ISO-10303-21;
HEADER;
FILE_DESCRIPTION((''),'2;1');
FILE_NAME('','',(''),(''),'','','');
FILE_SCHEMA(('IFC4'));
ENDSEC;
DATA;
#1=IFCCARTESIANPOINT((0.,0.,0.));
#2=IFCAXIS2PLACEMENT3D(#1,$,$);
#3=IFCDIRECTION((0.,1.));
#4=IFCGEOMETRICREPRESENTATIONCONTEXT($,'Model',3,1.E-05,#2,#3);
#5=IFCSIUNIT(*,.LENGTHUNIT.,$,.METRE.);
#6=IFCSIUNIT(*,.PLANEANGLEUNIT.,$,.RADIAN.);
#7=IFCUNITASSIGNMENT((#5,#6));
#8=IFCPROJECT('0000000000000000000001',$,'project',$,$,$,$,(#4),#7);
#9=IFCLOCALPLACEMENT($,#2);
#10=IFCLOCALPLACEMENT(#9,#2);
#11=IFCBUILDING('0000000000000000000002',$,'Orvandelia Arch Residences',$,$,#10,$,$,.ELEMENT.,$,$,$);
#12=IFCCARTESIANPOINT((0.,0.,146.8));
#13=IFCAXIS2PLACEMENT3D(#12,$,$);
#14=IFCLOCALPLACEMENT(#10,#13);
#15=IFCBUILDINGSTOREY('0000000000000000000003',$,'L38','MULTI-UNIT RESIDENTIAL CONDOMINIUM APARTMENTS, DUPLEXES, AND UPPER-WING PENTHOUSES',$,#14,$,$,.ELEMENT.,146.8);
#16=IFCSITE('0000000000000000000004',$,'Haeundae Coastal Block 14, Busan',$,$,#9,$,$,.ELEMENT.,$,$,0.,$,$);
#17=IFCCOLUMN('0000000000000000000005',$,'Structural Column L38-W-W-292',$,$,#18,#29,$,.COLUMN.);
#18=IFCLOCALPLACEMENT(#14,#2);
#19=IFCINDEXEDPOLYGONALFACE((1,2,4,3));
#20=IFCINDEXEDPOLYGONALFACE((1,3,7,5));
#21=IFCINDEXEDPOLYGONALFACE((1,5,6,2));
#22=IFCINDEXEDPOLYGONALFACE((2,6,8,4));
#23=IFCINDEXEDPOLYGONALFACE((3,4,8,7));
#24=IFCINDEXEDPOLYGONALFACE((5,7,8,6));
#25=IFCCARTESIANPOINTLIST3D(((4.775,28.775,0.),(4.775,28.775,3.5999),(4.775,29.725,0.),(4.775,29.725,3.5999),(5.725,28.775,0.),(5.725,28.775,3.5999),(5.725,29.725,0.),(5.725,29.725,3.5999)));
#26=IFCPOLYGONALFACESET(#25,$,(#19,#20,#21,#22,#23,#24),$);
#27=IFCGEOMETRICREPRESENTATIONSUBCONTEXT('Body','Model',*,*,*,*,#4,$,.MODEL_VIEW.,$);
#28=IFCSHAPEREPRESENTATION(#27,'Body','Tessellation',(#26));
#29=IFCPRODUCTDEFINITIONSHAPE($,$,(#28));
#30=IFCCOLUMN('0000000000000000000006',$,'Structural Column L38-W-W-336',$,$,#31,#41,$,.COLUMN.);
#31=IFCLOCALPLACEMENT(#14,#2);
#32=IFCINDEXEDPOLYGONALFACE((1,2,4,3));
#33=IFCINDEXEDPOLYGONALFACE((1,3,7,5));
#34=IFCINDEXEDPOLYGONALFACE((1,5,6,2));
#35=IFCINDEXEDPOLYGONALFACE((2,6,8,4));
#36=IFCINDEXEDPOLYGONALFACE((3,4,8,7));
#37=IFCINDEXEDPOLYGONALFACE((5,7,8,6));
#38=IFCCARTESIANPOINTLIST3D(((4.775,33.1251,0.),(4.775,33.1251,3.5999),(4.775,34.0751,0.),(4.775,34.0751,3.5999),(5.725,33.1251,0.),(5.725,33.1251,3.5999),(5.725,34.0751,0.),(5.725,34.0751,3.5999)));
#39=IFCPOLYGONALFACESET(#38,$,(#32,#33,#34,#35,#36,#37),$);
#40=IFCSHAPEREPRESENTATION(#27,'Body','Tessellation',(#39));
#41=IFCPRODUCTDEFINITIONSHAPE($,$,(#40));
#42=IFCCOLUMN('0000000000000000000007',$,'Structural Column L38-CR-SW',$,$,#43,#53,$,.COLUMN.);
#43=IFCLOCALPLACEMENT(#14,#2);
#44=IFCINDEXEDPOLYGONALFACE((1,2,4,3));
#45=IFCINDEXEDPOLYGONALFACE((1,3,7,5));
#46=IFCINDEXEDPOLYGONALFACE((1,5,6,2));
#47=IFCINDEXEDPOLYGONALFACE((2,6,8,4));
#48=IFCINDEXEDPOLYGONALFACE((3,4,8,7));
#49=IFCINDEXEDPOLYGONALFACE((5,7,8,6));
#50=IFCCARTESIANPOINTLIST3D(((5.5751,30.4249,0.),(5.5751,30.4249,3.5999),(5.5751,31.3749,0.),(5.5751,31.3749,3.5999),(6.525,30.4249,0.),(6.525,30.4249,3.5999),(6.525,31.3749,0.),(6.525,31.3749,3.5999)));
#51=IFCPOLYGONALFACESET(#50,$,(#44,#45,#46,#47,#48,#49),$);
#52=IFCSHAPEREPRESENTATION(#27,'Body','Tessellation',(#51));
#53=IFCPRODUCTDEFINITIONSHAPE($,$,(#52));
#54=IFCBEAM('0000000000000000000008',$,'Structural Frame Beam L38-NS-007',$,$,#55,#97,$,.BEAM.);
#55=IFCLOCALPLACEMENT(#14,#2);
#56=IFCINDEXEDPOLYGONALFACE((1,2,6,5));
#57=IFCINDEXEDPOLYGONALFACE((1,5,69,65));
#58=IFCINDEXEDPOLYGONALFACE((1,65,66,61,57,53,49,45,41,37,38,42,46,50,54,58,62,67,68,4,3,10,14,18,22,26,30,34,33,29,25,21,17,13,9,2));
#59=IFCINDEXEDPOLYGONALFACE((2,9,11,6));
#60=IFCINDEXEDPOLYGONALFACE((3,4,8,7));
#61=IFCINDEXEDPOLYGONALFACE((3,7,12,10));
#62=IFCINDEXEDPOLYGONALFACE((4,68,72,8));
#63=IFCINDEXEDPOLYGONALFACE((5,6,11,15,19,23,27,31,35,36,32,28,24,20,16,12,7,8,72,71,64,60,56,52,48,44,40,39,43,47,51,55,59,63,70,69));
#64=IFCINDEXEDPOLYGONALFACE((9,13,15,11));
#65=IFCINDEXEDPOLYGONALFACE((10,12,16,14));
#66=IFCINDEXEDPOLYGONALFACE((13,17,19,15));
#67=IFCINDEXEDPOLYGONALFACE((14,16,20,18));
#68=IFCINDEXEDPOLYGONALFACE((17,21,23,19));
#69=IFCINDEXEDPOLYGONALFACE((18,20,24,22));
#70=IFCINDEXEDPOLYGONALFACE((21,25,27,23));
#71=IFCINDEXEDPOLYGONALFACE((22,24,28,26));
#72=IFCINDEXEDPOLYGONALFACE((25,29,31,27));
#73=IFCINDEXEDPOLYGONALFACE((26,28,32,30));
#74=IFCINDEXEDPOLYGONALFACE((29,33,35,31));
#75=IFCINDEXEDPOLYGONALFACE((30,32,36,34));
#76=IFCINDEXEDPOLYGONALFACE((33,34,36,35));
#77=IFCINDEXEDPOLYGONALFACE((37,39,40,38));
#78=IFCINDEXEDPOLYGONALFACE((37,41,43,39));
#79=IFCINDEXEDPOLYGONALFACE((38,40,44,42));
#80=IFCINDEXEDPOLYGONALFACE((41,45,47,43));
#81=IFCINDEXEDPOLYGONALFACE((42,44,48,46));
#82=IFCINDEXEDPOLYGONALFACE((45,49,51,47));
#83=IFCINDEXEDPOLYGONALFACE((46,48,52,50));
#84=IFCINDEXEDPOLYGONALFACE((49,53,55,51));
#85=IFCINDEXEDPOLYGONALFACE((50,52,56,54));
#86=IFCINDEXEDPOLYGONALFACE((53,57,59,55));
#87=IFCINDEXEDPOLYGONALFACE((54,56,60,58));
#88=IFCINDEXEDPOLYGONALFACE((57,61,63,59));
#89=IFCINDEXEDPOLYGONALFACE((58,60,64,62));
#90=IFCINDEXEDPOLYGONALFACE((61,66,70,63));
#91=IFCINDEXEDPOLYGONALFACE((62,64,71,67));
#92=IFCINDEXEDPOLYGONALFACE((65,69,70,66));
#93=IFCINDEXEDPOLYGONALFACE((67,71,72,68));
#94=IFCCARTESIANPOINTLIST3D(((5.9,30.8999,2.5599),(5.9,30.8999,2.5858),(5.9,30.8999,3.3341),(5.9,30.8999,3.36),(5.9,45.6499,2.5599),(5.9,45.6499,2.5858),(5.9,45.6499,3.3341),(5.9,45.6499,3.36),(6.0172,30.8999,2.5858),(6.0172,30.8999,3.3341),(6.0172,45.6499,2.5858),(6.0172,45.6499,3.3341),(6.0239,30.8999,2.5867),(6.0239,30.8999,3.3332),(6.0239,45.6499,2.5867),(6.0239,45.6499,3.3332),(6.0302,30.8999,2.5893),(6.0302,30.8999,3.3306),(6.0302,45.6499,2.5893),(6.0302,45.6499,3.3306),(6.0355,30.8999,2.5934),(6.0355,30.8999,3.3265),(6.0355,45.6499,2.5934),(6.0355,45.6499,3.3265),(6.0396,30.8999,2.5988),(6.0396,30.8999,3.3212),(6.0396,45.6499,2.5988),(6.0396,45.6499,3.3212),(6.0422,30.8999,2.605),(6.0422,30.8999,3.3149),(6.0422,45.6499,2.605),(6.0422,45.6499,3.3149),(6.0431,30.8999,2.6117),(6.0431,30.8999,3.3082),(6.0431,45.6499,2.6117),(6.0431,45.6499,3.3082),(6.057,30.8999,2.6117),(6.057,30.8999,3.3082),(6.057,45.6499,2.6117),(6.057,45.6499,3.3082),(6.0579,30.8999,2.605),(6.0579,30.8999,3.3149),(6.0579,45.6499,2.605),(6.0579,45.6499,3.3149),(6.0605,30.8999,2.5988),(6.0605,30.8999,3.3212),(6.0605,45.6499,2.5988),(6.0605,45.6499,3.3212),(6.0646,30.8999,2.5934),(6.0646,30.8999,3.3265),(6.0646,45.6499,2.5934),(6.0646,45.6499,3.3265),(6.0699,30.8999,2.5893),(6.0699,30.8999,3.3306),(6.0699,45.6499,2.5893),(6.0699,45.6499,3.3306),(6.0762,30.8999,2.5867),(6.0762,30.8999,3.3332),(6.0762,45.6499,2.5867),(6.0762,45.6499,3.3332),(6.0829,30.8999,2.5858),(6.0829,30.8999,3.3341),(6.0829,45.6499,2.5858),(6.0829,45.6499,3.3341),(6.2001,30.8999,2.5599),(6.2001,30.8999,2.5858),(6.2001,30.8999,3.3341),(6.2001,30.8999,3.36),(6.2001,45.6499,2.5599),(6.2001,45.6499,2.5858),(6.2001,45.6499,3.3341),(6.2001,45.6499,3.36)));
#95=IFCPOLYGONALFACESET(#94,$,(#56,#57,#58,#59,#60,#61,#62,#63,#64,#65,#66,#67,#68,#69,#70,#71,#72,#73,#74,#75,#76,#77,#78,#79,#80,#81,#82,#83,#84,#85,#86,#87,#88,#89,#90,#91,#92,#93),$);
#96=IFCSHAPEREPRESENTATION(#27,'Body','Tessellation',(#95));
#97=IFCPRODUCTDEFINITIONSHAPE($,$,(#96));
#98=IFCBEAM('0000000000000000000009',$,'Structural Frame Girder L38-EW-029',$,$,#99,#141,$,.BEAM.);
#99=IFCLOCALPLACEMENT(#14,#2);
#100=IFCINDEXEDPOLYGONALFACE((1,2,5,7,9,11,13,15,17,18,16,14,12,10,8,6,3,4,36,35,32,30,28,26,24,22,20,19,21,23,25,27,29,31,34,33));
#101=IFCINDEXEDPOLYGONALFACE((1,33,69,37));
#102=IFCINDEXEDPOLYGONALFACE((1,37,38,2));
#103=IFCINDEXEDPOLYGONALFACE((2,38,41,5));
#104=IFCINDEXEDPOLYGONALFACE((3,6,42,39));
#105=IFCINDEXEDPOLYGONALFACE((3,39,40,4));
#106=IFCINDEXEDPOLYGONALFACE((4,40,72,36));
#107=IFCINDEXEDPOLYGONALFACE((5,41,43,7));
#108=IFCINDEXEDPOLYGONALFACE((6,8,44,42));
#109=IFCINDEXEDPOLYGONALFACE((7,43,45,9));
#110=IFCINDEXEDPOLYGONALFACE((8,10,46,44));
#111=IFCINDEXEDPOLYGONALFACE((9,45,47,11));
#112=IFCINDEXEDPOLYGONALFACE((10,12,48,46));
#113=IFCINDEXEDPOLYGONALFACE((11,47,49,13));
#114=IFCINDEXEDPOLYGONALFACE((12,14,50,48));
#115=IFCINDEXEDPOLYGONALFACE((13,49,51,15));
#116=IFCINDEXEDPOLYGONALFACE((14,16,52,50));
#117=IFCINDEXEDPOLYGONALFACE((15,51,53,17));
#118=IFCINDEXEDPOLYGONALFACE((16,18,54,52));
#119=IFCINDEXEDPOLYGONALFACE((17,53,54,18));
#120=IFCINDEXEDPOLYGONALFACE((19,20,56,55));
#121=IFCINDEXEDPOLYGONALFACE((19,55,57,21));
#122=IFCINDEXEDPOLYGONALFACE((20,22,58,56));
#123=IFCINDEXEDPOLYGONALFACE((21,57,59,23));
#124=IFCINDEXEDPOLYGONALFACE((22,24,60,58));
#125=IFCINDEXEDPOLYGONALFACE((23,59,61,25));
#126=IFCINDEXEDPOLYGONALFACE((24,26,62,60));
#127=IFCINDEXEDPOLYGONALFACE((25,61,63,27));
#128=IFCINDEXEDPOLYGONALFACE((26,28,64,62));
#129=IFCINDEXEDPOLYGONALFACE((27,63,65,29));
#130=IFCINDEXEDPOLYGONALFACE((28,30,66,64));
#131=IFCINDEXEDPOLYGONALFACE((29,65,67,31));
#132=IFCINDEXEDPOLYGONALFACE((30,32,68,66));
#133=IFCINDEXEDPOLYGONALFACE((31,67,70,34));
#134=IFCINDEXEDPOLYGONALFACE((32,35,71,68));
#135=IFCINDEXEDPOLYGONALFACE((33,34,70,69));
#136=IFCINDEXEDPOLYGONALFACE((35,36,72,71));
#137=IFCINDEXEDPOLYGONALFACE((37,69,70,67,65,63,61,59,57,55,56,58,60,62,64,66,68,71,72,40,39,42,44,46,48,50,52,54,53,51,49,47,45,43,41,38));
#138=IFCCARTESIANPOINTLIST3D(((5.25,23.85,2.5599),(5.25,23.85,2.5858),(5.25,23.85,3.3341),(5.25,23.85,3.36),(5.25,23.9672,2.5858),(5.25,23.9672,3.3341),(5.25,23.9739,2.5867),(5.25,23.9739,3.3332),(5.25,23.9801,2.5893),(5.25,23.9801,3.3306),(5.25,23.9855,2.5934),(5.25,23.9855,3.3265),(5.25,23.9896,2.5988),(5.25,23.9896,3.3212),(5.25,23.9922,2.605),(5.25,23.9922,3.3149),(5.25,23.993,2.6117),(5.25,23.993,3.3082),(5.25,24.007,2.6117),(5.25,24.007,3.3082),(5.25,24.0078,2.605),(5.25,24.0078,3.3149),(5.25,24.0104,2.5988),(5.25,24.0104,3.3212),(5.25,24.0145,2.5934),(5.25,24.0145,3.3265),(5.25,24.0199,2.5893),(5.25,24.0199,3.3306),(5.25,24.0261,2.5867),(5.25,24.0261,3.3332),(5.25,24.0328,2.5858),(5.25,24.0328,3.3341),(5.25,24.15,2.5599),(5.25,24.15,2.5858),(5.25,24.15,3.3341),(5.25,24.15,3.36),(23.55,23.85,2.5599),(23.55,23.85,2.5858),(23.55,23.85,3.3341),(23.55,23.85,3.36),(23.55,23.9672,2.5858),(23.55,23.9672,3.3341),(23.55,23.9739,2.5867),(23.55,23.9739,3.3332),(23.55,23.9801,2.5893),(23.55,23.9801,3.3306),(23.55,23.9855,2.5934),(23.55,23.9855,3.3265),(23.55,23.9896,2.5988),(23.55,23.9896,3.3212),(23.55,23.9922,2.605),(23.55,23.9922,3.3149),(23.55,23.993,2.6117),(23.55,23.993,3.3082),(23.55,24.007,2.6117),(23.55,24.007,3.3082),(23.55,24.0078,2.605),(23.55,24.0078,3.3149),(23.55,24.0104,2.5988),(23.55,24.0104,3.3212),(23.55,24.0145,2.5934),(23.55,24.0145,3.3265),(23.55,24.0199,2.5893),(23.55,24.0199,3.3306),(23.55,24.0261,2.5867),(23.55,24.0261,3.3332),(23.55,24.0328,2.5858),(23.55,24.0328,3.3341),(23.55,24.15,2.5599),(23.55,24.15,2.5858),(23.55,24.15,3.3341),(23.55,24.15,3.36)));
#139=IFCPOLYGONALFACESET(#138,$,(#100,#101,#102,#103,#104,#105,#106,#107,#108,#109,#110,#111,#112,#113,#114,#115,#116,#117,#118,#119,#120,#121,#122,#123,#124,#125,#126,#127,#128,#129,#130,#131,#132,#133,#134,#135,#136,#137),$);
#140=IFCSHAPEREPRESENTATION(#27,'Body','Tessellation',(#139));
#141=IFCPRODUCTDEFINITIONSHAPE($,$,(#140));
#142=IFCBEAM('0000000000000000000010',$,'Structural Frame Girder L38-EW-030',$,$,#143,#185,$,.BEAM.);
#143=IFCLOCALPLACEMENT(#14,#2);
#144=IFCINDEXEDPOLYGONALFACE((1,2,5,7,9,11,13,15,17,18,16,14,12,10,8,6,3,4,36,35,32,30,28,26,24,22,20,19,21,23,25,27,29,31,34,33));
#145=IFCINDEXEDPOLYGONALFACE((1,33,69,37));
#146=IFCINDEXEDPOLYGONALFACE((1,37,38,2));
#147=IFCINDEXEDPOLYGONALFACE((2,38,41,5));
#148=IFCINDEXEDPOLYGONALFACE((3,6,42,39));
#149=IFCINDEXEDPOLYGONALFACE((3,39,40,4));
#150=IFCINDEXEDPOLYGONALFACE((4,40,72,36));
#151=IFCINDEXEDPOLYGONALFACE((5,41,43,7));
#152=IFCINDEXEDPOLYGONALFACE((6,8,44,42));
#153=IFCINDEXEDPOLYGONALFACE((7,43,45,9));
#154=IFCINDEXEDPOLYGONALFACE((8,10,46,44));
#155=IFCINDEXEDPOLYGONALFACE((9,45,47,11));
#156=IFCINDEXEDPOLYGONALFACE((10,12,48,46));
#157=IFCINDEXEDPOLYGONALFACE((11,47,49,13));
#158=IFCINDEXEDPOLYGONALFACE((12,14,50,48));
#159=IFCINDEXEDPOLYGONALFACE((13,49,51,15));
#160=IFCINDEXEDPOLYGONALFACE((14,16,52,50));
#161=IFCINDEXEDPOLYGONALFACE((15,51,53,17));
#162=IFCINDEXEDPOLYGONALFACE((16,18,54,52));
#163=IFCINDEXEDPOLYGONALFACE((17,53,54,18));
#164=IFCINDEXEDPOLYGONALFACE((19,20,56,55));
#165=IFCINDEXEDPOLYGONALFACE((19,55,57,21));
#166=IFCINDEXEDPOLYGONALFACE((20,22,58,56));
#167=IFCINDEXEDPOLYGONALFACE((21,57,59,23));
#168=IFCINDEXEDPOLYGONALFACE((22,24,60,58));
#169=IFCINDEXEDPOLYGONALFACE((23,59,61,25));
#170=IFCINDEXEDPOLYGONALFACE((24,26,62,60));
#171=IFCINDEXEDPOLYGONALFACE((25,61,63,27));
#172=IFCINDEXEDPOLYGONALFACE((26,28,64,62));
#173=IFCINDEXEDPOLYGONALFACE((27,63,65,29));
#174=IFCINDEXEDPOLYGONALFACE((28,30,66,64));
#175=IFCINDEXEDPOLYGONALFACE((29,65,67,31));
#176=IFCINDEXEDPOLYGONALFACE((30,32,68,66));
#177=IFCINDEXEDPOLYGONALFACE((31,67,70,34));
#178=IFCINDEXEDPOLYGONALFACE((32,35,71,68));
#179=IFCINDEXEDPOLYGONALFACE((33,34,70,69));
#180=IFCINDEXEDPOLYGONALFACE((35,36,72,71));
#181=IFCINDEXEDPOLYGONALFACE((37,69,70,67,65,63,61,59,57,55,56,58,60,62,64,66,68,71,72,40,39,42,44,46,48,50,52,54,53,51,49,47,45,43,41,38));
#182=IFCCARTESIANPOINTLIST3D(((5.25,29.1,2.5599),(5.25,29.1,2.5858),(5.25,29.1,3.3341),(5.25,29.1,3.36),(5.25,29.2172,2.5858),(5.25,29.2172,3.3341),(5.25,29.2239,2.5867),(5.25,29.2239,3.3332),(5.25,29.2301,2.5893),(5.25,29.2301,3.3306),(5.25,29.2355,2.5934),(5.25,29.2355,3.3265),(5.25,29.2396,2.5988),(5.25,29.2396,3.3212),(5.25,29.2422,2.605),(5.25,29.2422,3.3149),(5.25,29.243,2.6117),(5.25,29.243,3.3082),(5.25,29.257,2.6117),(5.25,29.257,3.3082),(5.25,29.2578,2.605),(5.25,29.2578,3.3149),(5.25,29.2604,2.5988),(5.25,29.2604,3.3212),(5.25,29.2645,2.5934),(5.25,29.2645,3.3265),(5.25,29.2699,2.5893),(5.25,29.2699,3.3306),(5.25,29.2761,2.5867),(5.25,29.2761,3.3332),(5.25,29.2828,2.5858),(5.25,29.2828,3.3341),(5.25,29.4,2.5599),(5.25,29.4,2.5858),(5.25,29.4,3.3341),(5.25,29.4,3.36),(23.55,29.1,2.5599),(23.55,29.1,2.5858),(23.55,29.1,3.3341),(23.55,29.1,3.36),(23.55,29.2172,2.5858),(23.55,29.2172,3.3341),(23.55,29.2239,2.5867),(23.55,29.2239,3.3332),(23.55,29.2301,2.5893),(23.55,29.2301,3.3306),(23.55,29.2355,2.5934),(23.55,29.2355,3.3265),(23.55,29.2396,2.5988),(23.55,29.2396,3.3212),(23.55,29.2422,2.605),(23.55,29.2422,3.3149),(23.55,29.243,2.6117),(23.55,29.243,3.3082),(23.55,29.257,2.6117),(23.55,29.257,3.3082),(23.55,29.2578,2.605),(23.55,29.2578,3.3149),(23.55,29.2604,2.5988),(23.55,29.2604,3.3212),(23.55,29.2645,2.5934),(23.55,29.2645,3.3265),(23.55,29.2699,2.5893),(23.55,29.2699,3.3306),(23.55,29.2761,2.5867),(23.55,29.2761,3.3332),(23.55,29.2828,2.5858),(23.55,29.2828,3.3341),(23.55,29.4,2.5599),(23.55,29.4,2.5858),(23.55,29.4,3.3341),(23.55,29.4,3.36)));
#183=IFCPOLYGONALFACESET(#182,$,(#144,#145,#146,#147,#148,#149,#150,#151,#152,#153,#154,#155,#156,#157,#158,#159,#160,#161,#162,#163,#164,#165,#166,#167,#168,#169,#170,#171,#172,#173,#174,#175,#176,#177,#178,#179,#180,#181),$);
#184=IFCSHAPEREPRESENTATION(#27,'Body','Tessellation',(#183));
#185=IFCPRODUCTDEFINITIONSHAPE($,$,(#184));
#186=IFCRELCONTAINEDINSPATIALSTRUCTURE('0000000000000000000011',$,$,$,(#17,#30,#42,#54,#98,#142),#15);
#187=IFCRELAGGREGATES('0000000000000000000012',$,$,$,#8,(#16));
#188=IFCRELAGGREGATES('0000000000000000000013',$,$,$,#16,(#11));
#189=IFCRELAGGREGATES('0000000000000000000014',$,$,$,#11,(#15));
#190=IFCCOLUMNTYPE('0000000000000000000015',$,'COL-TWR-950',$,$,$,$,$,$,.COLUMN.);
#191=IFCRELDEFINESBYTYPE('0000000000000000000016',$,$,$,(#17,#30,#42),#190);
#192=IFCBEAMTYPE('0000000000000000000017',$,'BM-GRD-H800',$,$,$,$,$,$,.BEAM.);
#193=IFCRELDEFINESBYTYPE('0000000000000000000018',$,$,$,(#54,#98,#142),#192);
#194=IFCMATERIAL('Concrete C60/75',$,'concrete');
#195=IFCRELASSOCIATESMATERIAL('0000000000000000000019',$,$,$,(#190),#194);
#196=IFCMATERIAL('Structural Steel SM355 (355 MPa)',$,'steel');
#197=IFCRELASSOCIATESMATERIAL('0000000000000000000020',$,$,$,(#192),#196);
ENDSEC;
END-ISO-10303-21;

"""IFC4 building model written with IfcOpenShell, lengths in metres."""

from ifc_helpers import new_model, si_unit, direction, frame, origin, origin_2d, place, context, subcontext, project, spatial, rectangle, i_section, extrude, material, material_profile, profile_set, type_object, element, save


model = new_model("IFC4")

# Units and contexts
model_context = context("Model", 3, precision=1e-05, world=origin(), true_north=direction((0.0, 1.0)))
body_context = subcontext(model_context, "Body", "Model", "MODEL_VIEW")
ifc_project = project(units=[si_unit("LENGTHUNIT", "METRE"), si_unit("PLANEANGLEUNIT", "RADIAN")], contexts=[model_context])

# Site, building, storey
site_placement = place(None, origin())
site = spatial("IfcSite", under=ifc_project, at=site_placement, Name="Haeundae Coastal Block 14, Busan", CompositionType="ELEMENT", RefElevation=0.0)
building_placement = place(site_placement, origin())
building = spatial("IfcBuilding", under=site, at=building_placement, Name="Orvandelia Arch Residences", CompositionType="ELEMENT")
storey_placement = place(building_placement, frame((0.0, 0.0, 146.8)))
storey = spatial("IfcBuildingStorey", under=building, at=storey_placement, Name="L38", Description="MULTI-UNIT RESIDENTIAL CONDOMINIUM APARTMENTS, DUPLEXES, AND UPPER-WING PENTHOUSES", CompositionType="ELEMENT", Elevation=146.8)

# Columns
ifc_material_1 = material(Name="Concrete C60/75", Category="concrete")
ifc_material_profile_1 = material_profile(ifc_material_1, rectangle(XDim=0.95, YDim=0.95, at=origin_2d()), Name="Concrete C60/75", Category="concrete")
ifc_profile_set_1 = profile_set([ifc_material_profile_1], Name="Concrete C60/75")
column_type = type_object("IfcColumnType", Name="COL-TWR-950", PredefinedType="COLUMN", material=ifc_profile_set_1)
for number, where, z_axis, x_axis, name in (
    (1, (5.25, 29.25, 0.0), (0.0, 0.0, 1.0), (1.0, 0.0, 0.0), "Structural Column L38-W-W-292"),
    (2, (5.25, 33.6001, 0.0), (0.0, 0.0, 1.0), (1.0, 0.0, 0.0), "Structural Column L38-W-W-336"),
    (3, (6.05, 30.8999, 0.0), (0.0, 0.0, 1.0), (1.0, 0.0, 0.0), "Structural Column L38-CR-SW"),
):
    element("IfcColumn", number, at=place(storey_placement, frame(where, z_axis=z_axis, x_axis=x_axis)), inside=storey, type_object=column_type, Name=name, PredefinedType="COLUMN", context=body_context, shape_type="SweptSolid", body=[
        extrude(rectangle(XDim=0.95, YDim=0.95, at=origin_2d()), origin(), (0.0, 0.0, 1.0), 3.5999),
    ])

# Beams
ifc_material_2 = material(Name="Structural Steel SM355 (355 MPa)", Category="steel")
ifc_material_profile_2 = material_profile(ifc_material_2, i_section(OverallWidth=0.3, OverallDepth=0.8, WebThickness=0.0139, FlangeThickness=0.0259, FilletRadius=0.0259, at=origin_2d()), Name="Structural Steel SM355 (355 MPa)", Category="steel")
ifc_profile_set_2 = profile_set([ifc_material_profile_2], Name="Structural Steel SM355 (355 MPa)")
beam_type_1 = type_object("IfcBeamType", Name="BM-GRD-H800", PredefinedType="BEAM", material=ifc_profile_set_2)
beam_1_placement = place(storey_placement, frame((6.05, 30.8999, 2.96), z_axis=(0.0, 1.0, 0.0), x_axis=(-1.0, 0.0, 0.0)))
element("IfcBeam", 4, at=beam_1_placement, inside=storey, type_object=beam_type_1, Name="Structural Frame Beam L38-NS-007", PredefinedType="BEAM", context=body_context, shape_type="SweptSolid", body=[
    extrude(i_section(OverallWidth=0.3, OverallDepth=0.8, WebThickness=0.0139, FlangeThickness=0.0259, FilletRadius=0.0259, at=origin_2d()), origin(), (0.0, 0.0, 1.0), 14.75),
])
for number, where, z_axis, x_axis, name in (
    (5, (5.25, 24.0, 2.96), (1.0, 0.0, 0.0), (0.0, 1.0, 0.0), "Structural Frame Girder L38-EW-029"),
    (6, (5.25, 29.25, 2.96), (1.0, 0.0, 0.0), (0.0, 1.0, 0.0), "Structural Frame Girder L38-EW-030"),
):
    element("IfcBeam", number, at=place(storey_placement, frame(where, z_axis=z_axis, x_axis=x_axis)), inside=storey, type_object=beam_type_1, Name=name, PredefinedType="BEAM", context=body_context, shape_type="SweptSolid", body=[
        extrude(i_section(OverallWidth=0.3, OverallDepth=0.8, WebThickness=0.0139, FlangeThickness=0.0259, FilletRadius=0.0259, at=origin_2d()), origin(), (0.0, 0.0, 1.0), 18.3),
    ])

save(model, "model.ifc")
